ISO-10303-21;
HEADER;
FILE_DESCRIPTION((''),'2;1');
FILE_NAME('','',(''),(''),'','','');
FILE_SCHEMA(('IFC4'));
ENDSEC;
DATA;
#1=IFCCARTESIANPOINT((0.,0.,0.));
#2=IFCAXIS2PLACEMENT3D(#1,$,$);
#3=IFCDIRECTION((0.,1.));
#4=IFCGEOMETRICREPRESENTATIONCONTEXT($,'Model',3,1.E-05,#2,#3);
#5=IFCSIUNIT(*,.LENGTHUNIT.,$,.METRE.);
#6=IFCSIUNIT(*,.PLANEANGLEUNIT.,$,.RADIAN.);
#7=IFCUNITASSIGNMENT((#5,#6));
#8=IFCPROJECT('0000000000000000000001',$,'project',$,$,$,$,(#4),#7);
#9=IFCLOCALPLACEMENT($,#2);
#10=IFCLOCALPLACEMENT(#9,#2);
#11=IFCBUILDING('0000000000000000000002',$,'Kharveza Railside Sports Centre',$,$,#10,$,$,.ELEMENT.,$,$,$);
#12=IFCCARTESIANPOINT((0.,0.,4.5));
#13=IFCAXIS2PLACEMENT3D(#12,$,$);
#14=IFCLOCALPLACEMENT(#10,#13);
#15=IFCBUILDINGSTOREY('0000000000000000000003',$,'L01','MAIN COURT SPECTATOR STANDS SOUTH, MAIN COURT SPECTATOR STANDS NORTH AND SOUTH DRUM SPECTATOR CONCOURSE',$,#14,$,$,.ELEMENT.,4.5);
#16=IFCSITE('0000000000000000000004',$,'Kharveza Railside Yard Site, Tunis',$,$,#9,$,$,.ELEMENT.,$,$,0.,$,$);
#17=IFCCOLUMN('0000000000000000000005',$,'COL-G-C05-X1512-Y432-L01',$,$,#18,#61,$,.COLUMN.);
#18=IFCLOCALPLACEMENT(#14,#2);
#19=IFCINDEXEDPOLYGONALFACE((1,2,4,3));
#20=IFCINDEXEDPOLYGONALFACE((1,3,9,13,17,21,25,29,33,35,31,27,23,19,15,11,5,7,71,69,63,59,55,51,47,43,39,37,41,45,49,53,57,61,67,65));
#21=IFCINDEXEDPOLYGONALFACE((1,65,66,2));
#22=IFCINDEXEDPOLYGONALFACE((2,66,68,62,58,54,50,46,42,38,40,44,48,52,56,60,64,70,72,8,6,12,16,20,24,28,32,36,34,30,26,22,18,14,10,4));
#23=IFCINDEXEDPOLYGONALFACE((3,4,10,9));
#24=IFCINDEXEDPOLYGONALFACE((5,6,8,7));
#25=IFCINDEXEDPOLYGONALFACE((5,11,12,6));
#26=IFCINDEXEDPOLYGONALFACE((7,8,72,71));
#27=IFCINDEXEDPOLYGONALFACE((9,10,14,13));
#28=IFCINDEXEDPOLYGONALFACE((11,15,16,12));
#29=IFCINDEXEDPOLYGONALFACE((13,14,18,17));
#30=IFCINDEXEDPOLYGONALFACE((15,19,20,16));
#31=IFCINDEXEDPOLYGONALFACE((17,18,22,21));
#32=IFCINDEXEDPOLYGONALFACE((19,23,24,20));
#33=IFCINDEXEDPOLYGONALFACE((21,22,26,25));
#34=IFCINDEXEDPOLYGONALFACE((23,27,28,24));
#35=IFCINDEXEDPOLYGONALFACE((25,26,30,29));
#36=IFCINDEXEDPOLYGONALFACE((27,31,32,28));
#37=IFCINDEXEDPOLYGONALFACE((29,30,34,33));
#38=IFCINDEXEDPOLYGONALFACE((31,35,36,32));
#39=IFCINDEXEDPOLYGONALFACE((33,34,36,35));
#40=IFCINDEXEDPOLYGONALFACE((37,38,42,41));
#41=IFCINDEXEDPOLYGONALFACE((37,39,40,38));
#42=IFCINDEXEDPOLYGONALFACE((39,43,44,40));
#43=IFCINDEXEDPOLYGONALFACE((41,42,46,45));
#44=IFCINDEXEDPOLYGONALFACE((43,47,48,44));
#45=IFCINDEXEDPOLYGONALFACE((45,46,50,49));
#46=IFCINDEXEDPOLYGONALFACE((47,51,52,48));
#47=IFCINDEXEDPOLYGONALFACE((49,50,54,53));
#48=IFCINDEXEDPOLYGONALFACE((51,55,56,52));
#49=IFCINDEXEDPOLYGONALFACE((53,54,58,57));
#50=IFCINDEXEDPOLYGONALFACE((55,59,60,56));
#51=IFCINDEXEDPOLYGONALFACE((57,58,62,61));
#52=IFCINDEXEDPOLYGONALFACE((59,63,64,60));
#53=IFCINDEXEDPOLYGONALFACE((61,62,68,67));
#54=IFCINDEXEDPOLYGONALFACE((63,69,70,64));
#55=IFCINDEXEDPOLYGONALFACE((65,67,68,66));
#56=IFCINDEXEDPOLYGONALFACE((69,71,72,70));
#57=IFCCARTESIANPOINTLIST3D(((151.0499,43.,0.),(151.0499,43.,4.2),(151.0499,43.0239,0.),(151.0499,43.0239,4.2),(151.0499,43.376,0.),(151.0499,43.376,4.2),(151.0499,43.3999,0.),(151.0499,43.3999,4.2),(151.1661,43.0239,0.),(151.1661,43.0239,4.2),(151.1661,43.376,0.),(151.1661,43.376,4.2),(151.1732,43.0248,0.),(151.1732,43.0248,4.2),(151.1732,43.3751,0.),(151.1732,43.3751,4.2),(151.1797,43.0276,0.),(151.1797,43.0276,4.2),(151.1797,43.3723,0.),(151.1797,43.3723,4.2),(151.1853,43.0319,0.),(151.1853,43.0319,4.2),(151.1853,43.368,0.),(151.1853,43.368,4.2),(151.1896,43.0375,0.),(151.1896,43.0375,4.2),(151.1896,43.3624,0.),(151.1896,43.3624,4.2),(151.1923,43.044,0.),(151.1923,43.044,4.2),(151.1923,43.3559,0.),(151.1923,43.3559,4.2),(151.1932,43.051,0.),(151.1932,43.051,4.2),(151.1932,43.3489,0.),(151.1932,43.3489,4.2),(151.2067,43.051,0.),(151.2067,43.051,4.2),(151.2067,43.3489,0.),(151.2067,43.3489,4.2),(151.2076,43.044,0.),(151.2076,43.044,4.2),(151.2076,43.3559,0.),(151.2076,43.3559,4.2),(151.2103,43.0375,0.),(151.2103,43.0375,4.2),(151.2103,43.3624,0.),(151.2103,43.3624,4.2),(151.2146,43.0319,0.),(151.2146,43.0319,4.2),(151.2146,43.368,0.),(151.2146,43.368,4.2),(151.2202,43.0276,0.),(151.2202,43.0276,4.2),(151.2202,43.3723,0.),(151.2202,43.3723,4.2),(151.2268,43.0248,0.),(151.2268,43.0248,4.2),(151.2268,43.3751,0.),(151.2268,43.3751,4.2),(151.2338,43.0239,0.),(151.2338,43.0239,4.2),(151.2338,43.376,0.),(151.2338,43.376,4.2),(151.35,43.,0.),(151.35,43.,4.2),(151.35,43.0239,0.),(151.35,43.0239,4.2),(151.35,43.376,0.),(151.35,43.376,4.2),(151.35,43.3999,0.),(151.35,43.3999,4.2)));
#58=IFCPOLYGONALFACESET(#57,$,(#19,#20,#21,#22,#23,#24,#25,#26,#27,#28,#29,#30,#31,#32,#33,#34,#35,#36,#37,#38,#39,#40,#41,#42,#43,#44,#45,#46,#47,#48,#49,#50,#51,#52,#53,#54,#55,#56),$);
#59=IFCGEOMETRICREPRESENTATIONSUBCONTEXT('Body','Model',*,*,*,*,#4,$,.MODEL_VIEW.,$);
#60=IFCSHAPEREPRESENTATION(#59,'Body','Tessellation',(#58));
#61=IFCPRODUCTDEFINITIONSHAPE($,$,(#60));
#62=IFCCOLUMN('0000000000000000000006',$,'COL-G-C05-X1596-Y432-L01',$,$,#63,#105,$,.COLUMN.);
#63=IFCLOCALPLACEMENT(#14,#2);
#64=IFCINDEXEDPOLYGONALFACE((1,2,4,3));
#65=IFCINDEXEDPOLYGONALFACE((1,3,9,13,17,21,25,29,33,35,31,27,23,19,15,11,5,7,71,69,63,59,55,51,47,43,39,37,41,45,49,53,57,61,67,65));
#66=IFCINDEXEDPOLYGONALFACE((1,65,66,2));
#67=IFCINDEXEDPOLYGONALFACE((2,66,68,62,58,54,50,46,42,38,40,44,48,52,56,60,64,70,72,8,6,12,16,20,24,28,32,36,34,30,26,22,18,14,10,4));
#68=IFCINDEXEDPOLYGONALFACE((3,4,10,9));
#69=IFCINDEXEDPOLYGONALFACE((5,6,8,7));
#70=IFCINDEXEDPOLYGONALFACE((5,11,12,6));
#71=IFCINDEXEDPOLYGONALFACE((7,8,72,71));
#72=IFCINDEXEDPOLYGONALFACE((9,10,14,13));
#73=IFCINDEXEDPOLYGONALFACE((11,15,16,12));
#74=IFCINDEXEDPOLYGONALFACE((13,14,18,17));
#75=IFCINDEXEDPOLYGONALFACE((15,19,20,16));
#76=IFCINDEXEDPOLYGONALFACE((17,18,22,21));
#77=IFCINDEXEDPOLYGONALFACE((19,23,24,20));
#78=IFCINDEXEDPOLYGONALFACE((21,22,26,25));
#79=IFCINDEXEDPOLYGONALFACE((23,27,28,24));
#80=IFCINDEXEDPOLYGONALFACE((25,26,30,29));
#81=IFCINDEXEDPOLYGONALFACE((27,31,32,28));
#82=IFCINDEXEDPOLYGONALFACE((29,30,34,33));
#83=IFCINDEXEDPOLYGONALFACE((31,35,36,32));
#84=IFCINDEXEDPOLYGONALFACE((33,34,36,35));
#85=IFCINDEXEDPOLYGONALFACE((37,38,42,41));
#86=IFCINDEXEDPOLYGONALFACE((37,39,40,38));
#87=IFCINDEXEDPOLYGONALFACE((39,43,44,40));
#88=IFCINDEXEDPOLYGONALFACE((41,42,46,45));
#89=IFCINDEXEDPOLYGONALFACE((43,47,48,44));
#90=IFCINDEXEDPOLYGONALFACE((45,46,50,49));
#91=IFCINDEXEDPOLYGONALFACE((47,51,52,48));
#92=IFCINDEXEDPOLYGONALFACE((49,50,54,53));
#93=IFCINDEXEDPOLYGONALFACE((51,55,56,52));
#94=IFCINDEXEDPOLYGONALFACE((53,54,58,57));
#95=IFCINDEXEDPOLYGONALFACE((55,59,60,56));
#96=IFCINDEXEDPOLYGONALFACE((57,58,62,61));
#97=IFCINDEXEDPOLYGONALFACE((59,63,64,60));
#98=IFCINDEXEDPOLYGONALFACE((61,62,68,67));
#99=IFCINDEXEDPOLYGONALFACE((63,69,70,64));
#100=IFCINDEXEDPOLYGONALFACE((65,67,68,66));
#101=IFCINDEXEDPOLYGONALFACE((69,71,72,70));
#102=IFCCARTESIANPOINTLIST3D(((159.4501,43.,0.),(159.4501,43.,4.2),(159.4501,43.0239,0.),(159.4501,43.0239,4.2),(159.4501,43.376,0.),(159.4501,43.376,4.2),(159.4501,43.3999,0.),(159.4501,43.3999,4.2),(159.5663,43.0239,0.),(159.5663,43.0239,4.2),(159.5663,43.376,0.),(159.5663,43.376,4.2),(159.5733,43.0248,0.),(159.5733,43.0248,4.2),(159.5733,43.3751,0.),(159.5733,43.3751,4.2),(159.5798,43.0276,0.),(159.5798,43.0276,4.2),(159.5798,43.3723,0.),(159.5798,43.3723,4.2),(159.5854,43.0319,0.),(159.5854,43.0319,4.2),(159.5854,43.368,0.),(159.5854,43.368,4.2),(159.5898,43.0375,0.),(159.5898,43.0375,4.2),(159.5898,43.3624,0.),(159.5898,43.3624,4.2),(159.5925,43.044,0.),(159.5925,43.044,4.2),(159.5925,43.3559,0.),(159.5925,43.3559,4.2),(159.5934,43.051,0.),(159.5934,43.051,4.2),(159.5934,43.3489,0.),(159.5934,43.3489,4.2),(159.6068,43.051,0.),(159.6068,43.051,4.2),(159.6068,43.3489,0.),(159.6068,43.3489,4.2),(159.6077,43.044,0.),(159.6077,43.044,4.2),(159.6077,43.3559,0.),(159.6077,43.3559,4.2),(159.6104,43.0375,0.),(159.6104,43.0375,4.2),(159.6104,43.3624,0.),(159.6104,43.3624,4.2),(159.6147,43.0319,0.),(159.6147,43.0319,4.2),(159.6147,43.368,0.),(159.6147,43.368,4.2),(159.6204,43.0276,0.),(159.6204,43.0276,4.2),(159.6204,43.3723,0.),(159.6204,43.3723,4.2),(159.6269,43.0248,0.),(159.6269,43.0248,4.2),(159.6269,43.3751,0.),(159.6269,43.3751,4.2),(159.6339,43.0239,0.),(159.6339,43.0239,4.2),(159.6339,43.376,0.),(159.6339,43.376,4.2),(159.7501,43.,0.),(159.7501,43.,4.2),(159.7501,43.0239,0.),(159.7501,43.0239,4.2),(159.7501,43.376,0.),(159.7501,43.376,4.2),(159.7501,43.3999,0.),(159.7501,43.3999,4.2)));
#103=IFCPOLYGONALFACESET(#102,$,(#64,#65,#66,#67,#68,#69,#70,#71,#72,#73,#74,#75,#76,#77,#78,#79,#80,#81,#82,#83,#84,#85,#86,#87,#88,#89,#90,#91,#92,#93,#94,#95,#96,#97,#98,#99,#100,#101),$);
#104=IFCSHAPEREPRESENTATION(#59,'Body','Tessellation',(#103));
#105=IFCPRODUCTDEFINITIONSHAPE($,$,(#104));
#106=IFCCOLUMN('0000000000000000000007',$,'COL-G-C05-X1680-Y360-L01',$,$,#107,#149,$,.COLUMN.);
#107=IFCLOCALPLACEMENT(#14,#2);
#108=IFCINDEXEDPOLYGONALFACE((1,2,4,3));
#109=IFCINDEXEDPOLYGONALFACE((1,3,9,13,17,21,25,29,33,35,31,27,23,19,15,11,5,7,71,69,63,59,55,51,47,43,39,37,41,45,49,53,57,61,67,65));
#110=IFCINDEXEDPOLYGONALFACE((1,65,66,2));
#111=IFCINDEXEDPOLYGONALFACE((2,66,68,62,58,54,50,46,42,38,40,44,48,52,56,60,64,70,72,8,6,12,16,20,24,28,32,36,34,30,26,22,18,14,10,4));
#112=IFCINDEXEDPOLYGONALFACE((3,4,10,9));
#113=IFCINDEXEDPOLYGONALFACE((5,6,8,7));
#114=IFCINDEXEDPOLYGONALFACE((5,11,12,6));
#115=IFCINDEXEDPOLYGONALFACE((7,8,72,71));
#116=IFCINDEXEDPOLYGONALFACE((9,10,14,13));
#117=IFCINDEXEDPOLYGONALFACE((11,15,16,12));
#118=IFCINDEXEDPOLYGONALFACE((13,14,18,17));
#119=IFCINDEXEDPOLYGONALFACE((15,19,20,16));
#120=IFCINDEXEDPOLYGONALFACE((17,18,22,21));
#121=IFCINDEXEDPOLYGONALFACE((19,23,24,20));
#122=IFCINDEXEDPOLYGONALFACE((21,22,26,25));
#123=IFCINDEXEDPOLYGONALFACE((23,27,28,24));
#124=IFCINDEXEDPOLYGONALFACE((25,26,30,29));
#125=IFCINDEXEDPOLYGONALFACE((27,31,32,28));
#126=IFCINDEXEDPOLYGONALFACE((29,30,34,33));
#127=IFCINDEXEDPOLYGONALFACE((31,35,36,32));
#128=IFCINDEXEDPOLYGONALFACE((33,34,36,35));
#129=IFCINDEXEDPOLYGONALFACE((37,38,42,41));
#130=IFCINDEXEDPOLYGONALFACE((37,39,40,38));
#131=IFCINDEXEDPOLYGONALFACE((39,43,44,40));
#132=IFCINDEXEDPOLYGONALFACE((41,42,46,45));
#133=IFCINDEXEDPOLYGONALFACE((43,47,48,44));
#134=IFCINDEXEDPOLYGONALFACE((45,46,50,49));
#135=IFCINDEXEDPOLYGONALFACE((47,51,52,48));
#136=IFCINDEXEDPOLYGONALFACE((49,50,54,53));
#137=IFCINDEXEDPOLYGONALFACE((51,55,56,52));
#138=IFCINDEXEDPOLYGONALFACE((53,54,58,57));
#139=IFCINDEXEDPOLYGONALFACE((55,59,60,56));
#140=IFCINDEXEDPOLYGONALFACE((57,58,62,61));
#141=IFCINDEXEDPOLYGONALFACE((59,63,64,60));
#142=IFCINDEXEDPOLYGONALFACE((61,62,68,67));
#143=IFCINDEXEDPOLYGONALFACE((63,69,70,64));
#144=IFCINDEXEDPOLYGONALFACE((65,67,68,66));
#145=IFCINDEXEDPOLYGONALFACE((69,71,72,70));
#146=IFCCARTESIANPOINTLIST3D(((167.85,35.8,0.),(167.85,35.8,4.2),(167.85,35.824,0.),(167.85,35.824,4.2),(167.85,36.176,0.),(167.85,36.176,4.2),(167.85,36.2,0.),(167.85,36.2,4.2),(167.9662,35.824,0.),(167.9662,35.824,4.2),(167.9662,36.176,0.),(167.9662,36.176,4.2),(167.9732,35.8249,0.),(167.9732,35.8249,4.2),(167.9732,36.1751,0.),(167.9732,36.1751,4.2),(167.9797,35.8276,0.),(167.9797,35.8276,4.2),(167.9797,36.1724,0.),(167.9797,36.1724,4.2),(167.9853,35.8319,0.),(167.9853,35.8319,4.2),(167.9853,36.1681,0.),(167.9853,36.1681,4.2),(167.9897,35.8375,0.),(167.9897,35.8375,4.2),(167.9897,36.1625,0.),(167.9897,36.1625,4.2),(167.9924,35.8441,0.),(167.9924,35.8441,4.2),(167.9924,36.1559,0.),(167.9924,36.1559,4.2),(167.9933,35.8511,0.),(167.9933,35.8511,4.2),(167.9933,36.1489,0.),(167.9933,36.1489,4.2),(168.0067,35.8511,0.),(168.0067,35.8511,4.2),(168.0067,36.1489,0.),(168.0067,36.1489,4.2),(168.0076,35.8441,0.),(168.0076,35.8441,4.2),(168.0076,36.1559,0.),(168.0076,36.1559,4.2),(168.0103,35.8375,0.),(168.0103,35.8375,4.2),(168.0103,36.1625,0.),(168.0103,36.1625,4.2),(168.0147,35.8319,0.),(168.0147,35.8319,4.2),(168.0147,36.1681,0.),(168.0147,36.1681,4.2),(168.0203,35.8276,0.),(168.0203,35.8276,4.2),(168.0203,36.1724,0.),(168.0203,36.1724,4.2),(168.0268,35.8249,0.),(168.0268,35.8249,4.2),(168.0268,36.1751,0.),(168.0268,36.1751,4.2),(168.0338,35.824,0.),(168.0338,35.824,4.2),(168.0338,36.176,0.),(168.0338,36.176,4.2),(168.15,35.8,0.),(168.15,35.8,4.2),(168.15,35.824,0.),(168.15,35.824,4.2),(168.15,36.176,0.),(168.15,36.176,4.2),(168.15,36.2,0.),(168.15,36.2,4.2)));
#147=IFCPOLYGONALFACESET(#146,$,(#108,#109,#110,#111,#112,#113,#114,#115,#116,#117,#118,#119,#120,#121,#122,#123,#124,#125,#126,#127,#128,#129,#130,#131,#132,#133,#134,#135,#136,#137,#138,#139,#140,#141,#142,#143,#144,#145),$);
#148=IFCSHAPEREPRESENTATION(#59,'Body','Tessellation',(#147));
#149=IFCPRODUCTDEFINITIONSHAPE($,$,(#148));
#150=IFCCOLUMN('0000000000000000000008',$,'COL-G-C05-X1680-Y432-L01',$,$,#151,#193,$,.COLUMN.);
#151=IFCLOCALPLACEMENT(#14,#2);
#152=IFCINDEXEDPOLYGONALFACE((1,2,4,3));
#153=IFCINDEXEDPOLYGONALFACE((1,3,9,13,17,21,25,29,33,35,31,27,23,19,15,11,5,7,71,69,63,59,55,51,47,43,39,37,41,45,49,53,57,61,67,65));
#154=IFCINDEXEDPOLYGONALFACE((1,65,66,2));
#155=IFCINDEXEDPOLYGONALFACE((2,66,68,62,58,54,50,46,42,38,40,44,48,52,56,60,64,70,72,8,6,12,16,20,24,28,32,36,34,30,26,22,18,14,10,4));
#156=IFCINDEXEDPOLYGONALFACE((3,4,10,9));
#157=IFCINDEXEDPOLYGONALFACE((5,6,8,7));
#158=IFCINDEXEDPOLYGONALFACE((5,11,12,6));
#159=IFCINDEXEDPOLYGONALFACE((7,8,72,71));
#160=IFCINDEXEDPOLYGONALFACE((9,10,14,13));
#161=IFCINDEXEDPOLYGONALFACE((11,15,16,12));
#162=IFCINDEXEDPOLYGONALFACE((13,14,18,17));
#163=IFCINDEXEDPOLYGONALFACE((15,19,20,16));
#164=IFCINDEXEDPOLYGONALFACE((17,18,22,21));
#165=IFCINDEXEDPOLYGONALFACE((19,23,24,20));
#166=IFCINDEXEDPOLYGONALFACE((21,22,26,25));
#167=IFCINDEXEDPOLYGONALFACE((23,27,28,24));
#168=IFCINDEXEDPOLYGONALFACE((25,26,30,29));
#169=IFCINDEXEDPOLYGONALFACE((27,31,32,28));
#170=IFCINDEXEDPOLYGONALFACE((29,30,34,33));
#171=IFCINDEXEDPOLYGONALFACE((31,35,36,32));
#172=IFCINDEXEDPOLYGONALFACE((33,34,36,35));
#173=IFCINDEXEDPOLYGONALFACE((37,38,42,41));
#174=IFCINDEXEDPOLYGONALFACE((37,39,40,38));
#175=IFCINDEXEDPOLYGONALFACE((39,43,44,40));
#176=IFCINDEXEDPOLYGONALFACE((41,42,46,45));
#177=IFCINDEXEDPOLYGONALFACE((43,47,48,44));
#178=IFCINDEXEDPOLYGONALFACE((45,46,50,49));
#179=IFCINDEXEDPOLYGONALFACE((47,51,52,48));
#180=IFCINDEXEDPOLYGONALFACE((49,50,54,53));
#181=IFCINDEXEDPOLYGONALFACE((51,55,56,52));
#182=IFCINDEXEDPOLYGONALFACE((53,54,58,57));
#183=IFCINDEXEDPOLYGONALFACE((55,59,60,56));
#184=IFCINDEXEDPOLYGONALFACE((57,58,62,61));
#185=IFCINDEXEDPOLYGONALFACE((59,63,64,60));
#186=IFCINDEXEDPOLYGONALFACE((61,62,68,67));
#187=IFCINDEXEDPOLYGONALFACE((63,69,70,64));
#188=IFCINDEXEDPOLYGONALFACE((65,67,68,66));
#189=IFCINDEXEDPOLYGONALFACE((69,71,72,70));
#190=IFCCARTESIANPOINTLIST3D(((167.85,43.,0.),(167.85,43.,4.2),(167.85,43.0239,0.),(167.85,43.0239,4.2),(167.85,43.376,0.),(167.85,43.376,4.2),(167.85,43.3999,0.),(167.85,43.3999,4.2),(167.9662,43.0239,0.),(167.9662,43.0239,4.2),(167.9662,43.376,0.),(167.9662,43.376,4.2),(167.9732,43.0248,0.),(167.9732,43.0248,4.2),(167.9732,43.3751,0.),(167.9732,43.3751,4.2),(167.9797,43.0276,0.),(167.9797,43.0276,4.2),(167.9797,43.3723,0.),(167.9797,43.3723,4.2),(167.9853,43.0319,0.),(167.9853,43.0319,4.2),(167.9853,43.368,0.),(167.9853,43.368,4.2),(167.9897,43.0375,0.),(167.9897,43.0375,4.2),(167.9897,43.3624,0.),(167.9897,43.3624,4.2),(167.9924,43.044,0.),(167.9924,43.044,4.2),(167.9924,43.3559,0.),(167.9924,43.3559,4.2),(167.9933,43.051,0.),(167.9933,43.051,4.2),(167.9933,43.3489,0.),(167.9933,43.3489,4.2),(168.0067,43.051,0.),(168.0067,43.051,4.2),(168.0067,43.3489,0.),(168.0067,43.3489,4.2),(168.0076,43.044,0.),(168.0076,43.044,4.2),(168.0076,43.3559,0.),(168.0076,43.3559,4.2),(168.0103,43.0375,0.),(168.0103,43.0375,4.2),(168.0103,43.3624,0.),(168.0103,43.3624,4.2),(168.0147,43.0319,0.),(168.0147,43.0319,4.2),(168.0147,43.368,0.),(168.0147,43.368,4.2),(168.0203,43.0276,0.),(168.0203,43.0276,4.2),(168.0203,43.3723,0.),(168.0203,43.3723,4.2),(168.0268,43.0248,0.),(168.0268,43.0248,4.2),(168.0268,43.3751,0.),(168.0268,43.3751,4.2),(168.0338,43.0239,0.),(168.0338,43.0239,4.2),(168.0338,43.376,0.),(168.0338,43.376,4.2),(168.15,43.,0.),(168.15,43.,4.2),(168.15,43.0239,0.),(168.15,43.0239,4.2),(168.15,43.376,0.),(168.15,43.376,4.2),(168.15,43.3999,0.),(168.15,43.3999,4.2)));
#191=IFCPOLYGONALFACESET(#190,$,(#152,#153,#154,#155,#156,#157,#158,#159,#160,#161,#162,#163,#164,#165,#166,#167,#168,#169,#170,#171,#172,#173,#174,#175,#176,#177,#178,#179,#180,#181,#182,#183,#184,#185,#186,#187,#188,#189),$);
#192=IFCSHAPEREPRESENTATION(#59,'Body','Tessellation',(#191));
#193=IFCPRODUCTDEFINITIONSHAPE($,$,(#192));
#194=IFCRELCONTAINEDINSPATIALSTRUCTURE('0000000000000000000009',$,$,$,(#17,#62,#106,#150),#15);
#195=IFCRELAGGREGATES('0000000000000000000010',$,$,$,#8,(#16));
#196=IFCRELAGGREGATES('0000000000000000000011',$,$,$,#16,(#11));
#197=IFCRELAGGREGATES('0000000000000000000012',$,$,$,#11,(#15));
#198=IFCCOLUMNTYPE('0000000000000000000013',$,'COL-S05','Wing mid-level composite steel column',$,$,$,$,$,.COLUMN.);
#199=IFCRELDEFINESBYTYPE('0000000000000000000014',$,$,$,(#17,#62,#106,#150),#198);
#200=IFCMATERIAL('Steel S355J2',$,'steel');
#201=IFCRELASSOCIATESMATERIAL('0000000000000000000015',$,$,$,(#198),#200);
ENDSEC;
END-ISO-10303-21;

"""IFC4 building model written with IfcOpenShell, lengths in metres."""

from ifc_helpers import new_model, si_unit, direction, frame, origin, origin_2d, place, context, subcontext, project, spatial, i_section, extrude, material, material_profile, profile_set, type_object, element, save


model = new_model("IFC4")

# Units and contexts
model_context = context("Model", 3, precision=1e-05, world=origin(), true_north=direction((0.0, 1.0)))
body_context = subcontext(model_context, "Body", "Model", "MODEL_VIEW")
ifc_project = project(units=[si_unit("LENGTHUNIT", "METRE"), si_unit("PLANEANGLEUNIT", "RADIAN")], contexts=[model_context])

# Site, building, storey
site_placement = place(None, origin())
site = spatial("IfcSite", under=ifc_project, at=site_placement, Name="Kharveza Railside Yard Site, Tunis", CompositionType="ELEMENT", RefElevation=0.0)
building_placement = place(site_placement, origin())
building = spatial("IfcBuilding", under=site, at=building_placement, Name="Kharveza Railside Sports Centre", CompositionType="ELEMENT")
storey_placement = place(building_placement, frame((0.0, 0.0, 4.5)))
storey = spatial("IfcBuildingStorey", under=building, at=storey_placement, Name="L01", Description="MAIN COURT SPECTATOR STANDS SOUTH, MAIN COURT SPECTATOR STANDS NORTH AND SOUTH DRUM SPECTATOR CONCOURSE", CompositionType="ELEMENT", Elevation=4.5)

# Columns
ifc_material_1 = material(Name="Steel S355J2", Category="steel")
ifc_material_profile_1 = material_profile(ifc_material_1, i_section(OverallWidth=0.3, OverallDepth=0.3999, WebThickness=0.0134, FlangeThickness=0.0239, FilletRadius=0.0271, at=origin_2d()), Name="HEB 400")
ifc_profile_set_1 = profile_set([ifc_material_profile_1], Name="Steel S355J2")
column_type = type_object("IfcColumnType", Name="COL-S05", Description="Wing mid-level composite steel column", PredefinedType="COLUMN", material=ifc_profile_set_1)
for number, where, z_axis, x_axis, name in (
    (1, (151.2, 43.2, 0.0), (0.0, 0.0, 1.0), (1.0, 0.0, 0.0), "COL-G-C05-X1512-Y432-L01"),
    (2, (159.6001, 43.2, 0.0), (0.0, 0.0, 1.0), (1.0, 0.0, 0.0), "COL-G-C05-X1596-Y432-L01"),
    (3, (168.0, 36.0, 0.0), (0.0, 0.0, 1.0), (1.0, 0.0, 0.0), "COL-G-C05-X1680-Y360-L01"),
    (4, (168.0, 43.2, 0.0), (0.0, 0.0, 1.0), (1.0, 0.0, 0.0), "COL-G-C05-X1680-Y432-L01"),
):
    element("IfcColumn", number, at=place(storey_placement, frame(where, z_axis=z_axis, x_axis=x_axis)), inside=storey, type_object=column_type, Name=name, PredefinedType="COLUMN", context=body_context, shape_type="SweptSolid", body=[
        extrude(i_section(OverallWidth=0.3, OverallDepth=0.3999, WebThickness=0.0134, FlangeThickness=0.0239, FilletRadius=0.0271, at=origin_2d()), origin(), (0.0, 0.0, 1.0), 4.2),
    ])

save(model, "model.ifc")
